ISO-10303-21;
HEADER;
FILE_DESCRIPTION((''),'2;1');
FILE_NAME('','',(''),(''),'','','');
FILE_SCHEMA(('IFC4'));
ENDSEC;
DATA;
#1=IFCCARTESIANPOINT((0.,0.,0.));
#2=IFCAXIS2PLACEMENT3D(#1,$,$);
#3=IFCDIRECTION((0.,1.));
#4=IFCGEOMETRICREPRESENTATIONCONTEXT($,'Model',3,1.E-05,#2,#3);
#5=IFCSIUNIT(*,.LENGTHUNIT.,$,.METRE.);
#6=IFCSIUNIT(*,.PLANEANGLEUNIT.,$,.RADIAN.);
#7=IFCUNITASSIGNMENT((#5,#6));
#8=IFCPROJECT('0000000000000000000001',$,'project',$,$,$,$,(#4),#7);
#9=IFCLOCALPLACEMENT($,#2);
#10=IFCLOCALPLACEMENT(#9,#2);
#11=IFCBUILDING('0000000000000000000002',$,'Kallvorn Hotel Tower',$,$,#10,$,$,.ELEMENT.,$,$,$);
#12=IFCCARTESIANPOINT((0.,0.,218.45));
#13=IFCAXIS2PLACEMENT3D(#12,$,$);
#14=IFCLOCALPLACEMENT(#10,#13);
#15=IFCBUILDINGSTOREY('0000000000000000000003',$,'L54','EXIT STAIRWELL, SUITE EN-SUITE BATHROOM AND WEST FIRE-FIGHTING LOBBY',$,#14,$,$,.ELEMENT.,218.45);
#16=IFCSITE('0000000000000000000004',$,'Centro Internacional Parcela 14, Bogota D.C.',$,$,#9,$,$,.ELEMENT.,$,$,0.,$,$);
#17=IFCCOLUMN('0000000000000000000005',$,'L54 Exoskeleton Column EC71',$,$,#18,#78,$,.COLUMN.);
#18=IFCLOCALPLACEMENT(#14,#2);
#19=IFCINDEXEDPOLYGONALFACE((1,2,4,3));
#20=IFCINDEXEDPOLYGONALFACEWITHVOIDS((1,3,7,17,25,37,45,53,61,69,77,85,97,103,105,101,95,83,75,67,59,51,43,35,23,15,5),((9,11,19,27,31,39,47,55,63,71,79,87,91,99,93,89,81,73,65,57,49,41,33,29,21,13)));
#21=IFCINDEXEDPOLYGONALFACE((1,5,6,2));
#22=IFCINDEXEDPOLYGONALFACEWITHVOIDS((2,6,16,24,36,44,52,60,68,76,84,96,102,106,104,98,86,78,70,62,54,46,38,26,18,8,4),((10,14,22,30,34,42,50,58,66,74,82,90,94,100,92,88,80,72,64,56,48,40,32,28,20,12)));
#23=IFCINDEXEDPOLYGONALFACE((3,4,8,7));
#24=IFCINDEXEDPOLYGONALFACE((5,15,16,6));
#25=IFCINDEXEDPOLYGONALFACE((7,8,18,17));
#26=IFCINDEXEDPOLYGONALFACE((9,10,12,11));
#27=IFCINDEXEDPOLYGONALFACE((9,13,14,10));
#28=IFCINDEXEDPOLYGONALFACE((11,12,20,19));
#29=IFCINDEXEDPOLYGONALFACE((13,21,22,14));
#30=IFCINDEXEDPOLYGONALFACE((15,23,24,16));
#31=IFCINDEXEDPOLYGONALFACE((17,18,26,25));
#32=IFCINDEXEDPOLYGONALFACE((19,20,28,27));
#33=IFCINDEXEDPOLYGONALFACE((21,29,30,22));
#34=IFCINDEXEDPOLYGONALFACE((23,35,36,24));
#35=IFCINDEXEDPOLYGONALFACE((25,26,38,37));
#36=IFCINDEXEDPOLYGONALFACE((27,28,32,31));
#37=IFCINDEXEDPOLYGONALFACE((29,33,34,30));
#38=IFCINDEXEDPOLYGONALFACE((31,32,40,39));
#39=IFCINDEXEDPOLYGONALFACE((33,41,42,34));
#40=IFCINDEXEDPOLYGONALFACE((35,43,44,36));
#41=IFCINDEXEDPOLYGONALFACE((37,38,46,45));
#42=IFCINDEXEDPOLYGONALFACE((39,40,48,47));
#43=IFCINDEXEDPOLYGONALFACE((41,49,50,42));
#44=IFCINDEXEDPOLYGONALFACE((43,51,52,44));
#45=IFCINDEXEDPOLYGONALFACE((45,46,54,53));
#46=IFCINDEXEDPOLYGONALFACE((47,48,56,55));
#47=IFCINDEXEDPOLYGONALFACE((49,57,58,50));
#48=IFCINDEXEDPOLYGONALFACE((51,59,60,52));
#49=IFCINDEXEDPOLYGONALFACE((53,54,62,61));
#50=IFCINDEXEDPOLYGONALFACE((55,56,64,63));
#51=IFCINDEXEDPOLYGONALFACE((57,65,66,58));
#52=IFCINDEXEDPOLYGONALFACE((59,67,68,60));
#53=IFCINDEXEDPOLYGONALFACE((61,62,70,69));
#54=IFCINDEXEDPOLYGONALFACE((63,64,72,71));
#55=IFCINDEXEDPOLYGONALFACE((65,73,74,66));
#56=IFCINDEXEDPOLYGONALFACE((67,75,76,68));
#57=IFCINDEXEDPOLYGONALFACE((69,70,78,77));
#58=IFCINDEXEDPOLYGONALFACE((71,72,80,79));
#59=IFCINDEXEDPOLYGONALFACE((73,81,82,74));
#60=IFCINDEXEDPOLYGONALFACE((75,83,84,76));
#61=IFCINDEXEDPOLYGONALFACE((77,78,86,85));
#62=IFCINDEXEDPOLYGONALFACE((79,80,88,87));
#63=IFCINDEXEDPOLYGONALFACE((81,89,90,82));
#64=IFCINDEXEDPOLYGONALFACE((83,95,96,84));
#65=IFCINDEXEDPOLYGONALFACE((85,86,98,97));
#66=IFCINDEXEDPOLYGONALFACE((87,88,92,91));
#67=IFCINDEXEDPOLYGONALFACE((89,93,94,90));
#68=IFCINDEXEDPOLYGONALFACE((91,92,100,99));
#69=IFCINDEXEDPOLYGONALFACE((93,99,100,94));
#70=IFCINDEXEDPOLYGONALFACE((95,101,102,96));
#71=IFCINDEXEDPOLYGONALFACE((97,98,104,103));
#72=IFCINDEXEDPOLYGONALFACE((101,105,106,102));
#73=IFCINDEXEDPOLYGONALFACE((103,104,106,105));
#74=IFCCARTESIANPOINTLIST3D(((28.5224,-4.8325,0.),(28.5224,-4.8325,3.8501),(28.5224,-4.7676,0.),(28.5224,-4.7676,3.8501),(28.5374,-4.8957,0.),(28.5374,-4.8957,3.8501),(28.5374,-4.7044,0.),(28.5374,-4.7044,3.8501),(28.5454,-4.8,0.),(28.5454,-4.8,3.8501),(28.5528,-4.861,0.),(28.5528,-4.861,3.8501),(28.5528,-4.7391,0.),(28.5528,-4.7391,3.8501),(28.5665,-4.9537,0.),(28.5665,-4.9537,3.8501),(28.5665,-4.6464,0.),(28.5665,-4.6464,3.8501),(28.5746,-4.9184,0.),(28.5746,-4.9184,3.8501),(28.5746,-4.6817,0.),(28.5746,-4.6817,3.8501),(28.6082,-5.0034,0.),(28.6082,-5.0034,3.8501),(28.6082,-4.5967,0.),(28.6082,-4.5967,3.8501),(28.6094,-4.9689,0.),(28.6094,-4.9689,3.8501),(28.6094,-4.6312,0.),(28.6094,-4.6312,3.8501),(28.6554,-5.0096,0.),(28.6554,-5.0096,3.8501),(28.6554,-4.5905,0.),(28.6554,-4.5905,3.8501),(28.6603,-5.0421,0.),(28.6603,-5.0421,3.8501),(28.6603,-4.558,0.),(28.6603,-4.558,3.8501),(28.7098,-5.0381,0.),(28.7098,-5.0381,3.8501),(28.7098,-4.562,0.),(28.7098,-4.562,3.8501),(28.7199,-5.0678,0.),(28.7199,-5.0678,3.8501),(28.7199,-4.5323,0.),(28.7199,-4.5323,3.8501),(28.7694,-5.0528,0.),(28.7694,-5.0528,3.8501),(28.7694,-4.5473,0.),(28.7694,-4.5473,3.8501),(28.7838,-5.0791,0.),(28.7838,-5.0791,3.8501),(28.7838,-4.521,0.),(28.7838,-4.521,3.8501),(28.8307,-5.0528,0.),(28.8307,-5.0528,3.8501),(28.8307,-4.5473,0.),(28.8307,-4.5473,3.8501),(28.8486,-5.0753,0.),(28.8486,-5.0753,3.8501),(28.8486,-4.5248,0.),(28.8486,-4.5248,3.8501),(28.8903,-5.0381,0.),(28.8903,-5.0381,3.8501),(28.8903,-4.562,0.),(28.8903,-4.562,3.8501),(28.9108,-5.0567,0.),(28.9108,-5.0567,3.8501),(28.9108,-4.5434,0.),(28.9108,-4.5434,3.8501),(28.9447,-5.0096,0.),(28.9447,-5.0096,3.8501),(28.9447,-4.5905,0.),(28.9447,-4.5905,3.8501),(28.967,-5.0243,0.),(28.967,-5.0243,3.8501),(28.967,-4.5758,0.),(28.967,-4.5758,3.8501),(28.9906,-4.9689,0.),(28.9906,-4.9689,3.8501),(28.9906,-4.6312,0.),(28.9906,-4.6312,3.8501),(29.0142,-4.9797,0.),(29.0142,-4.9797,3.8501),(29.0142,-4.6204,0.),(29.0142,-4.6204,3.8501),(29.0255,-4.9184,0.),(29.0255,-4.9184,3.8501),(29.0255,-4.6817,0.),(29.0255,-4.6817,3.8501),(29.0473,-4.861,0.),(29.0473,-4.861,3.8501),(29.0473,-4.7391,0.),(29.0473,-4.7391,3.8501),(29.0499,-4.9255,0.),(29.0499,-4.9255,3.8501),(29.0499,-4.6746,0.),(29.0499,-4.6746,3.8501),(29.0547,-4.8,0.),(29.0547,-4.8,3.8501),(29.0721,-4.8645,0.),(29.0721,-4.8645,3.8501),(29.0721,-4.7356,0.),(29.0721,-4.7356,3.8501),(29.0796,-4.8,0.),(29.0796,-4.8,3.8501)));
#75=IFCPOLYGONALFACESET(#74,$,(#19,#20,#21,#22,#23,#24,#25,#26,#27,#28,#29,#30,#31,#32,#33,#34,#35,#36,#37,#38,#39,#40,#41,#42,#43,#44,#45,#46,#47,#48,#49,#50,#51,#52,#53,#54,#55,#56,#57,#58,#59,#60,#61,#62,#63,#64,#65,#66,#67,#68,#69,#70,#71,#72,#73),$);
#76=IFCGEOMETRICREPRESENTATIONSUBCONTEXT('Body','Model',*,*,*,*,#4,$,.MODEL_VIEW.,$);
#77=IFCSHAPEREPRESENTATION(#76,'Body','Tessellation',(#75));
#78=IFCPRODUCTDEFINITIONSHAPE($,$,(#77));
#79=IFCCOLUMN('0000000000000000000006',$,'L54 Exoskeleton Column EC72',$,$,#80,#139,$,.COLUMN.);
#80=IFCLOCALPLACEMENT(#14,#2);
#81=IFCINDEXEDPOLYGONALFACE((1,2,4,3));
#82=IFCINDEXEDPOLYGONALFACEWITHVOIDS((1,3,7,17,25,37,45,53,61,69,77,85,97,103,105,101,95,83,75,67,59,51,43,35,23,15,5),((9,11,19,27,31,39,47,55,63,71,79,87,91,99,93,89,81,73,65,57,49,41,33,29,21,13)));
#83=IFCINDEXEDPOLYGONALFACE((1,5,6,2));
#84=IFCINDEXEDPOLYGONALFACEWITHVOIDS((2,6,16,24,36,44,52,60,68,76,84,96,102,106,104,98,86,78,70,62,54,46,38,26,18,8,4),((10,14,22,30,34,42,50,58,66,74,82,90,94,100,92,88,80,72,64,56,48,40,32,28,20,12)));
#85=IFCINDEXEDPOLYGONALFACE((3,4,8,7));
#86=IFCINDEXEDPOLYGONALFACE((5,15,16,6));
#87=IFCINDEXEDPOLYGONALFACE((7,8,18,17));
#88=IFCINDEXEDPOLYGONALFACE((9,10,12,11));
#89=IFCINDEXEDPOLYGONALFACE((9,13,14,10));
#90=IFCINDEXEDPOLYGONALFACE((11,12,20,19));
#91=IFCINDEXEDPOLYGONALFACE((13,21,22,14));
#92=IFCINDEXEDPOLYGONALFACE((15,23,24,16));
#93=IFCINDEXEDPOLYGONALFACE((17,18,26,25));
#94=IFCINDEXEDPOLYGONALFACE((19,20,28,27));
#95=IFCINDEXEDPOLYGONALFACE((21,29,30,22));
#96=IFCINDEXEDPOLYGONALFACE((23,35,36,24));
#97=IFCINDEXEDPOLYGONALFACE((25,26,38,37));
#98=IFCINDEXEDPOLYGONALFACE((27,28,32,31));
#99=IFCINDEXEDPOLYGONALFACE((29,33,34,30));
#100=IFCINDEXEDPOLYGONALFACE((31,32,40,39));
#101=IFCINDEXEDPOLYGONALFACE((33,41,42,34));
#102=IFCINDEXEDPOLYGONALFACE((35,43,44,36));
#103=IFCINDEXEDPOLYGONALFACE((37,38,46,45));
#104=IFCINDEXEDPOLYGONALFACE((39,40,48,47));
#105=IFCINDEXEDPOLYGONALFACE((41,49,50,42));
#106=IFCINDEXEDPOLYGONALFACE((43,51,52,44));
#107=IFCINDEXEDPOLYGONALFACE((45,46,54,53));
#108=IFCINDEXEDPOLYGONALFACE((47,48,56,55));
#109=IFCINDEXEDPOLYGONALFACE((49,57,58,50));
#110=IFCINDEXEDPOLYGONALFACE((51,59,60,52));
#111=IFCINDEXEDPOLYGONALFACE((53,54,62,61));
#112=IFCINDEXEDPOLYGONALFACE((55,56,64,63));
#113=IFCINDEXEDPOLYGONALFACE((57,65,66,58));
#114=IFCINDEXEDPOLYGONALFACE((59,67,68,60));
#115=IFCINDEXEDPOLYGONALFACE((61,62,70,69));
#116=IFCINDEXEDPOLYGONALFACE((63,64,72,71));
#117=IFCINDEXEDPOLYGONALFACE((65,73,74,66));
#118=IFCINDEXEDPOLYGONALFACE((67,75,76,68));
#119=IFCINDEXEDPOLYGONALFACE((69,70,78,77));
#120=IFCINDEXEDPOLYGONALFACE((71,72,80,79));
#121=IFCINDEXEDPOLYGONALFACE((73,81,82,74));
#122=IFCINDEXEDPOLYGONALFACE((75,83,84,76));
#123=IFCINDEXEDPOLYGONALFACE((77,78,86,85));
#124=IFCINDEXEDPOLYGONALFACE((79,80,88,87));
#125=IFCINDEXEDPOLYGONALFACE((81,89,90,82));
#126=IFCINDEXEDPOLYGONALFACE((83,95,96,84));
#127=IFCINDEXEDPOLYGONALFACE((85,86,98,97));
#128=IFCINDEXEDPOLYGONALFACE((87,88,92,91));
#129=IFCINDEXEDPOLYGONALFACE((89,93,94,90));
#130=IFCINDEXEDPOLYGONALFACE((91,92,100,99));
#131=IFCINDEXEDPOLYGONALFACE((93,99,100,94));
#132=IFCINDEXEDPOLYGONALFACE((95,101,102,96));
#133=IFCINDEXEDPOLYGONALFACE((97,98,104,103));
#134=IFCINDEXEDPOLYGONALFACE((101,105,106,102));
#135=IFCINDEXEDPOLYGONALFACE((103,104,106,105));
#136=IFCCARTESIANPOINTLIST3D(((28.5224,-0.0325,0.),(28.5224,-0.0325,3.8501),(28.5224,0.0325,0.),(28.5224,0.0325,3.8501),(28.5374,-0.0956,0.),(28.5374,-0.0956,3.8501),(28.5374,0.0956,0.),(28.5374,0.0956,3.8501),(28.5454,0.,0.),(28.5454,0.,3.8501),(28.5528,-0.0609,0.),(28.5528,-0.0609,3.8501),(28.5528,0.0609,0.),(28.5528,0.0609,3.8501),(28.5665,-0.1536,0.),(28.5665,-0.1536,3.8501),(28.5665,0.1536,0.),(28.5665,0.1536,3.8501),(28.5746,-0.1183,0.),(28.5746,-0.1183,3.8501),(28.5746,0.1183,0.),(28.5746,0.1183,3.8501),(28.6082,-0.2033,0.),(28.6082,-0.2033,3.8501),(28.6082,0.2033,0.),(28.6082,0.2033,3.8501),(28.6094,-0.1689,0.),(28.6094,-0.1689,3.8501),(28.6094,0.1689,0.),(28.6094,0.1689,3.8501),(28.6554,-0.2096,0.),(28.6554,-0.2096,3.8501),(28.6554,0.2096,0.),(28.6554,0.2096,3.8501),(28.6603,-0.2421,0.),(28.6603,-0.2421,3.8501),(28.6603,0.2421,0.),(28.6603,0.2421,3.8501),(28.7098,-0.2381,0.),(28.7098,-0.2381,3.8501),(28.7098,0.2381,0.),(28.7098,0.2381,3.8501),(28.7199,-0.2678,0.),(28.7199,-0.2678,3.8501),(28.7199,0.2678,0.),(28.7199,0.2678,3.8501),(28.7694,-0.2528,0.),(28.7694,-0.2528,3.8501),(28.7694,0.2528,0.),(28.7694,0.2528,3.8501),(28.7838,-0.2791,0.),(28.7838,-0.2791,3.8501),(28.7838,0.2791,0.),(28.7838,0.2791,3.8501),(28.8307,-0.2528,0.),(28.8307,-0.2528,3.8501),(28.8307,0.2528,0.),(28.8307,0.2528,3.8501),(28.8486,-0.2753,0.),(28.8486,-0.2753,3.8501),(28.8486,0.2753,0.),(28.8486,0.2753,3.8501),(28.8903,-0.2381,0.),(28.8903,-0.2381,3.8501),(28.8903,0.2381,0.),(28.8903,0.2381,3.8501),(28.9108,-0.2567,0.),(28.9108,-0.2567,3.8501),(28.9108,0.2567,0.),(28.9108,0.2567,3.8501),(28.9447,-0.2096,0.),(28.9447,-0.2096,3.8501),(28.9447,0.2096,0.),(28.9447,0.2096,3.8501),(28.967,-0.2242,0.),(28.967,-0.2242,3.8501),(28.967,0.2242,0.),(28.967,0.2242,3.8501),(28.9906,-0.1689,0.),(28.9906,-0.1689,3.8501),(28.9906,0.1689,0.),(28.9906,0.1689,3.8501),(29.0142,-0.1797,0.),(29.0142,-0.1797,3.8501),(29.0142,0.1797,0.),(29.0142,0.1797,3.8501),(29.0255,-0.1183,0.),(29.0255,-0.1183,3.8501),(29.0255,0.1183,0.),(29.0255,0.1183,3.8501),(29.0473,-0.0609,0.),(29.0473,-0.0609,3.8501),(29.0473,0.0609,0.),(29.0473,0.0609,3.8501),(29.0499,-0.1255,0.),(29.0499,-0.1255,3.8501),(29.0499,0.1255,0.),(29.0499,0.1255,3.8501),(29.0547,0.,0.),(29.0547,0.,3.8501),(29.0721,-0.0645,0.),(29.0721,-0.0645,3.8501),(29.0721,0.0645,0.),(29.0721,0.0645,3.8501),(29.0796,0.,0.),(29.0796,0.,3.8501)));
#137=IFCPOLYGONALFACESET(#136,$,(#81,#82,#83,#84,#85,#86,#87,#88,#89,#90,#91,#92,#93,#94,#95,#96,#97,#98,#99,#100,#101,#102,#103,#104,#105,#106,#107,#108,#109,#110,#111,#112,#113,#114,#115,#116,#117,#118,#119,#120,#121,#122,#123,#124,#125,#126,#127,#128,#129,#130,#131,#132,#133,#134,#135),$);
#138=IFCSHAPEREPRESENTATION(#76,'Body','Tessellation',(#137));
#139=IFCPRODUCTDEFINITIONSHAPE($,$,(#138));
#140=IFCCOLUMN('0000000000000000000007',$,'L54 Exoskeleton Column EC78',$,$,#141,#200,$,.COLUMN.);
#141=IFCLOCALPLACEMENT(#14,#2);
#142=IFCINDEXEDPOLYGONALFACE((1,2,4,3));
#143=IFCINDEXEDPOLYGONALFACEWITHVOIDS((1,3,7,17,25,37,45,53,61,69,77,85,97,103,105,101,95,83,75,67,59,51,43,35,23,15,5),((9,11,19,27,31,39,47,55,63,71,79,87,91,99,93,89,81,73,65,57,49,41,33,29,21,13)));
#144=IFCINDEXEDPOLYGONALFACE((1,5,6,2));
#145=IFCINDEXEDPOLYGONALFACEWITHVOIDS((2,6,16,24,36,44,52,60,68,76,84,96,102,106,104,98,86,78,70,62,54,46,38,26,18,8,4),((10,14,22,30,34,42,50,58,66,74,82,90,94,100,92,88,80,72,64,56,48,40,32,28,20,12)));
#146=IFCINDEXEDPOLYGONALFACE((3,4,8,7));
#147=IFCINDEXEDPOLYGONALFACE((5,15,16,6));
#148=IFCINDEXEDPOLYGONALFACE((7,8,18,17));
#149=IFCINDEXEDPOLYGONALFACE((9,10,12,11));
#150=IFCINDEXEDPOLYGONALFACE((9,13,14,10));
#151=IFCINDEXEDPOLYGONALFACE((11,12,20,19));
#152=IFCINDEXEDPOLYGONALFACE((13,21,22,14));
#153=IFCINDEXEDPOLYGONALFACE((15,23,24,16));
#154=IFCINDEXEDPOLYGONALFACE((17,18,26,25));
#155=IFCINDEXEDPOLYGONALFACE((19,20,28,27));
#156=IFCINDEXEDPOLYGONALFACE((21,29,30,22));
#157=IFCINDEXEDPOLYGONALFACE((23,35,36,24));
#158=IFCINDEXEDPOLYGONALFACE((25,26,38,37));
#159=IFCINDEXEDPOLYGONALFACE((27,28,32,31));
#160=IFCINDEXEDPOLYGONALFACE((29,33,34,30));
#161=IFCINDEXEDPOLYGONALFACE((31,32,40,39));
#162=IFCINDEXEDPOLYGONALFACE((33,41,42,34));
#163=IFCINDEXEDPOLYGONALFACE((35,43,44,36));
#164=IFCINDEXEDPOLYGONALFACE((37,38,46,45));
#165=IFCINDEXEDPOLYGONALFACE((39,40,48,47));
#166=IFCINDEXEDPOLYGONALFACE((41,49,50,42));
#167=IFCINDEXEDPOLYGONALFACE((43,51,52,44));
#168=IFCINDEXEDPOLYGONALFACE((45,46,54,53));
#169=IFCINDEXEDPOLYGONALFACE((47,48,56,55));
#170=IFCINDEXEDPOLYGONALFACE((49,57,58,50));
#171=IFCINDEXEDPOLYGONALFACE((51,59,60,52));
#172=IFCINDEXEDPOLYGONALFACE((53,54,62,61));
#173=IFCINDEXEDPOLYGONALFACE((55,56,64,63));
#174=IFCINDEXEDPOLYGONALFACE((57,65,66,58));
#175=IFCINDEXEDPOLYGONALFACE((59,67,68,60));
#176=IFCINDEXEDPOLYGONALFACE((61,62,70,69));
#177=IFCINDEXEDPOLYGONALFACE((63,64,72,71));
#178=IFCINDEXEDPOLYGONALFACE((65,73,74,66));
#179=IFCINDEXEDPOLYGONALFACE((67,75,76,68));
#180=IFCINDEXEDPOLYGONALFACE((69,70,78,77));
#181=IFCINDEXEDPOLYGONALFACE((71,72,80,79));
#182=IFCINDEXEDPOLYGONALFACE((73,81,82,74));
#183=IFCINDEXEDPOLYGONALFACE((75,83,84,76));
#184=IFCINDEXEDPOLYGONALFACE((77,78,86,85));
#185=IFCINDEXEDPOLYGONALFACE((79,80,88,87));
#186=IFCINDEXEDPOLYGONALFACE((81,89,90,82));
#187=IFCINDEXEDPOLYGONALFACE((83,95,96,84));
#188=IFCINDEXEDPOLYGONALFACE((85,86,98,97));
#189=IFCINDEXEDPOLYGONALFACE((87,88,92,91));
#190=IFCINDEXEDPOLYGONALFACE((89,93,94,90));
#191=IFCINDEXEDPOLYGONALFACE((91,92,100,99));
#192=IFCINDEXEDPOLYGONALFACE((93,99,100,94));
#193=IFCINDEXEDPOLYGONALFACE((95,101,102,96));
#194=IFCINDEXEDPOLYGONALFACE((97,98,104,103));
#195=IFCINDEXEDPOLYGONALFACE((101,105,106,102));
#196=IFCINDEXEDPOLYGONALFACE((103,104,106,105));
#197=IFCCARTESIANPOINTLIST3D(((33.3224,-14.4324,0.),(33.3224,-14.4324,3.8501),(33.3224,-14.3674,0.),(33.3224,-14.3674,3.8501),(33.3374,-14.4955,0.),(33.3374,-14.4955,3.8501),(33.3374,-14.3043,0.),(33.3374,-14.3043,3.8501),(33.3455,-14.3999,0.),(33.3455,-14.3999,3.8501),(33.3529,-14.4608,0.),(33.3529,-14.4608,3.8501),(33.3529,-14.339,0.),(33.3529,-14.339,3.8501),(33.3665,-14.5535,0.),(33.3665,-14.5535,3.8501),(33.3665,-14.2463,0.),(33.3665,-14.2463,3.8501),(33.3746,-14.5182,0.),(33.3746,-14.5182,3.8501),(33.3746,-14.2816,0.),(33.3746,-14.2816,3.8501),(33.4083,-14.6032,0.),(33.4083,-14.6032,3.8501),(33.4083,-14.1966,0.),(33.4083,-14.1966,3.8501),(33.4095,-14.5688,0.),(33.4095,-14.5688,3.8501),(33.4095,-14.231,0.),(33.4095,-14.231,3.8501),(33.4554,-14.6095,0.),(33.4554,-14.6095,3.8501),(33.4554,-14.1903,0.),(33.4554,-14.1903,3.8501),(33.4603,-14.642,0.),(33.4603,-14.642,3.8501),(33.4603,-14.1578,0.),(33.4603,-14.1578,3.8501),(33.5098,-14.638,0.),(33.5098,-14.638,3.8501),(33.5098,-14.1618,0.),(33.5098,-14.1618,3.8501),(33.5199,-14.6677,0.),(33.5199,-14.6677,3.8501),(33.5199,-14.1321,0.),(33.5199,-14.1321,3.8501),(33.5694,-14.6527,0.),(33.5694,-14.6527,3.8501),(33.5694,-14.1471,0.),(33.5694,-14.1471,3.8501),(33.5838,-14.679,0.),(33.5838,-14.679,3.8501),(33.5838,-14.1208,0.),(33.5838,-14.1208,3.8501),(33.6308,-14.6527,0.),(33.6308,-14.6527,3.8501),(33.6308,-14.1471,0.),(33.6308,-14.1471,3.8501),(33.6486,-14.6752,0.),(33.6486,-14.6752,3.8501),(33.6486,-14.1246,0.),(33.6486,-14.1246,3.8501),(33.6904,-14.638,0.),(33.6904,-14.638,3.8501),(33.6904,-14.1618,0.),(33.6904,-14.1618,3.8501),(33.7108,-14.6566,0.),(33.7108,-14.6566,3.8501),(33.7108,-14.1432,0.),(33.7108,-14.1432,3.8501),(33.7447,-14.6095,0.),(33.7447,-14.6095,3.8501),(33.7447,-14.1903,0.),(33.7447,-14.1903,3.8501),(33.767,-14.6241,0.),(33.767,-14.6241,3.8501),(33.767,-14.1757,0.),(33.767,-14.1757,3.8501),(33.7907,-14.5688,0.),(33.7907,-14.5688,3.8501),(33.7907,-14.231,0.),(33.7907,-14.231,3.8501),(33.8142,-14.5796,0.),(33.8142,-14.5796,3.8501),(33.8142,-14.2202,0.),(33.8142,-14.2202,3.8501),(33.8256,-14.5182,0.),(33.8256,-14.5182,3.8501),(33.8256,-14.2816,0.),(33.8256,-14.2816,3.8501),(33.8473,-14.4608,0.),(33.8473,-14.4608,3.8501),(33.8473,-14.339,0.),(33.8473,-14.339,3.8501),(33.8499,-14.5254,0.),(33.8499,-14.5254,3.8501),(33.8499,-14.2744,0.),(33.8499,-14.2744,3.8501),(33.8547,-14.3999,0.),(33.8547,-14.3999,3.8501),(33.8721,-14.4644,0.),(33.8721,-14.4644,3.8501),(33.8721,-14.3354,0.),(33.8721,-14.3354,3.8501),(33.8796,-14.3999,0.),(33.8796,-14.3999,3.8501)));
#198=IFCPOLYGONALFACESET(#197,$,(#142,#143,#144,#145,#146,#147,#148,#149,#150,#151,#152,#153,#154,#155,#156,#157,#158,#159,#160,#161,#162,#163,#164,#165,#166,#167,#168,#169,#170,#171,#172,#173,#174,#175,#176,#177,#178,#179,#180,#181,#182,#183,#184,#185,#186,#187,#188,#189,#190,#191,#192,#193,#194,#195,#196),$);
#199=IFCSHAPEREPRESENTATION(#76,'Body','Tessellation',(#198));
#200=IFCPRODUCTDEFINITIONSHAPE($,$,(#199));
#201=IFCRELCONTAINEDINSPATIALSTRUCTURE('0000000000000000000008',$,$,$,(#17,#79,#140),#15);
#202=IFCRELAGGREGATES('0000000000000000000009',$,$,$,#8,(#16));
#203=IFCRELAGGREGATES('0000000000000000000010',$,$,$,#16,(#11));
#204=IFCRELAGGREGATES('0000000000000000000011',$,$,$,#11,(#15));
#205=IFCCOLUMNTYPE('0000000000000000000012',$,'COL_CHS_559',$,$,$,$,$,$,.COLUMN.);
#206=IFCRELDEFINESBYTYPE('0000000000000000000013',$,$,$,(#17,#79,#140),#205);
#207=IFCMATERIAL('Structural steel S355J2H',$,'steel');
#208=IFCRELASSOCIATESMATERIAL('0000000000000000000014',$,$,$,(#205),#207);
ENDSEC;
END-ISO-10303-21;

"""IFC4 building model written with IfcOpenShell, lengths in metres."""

from ifc_helpers import new_model, si_unit, direction, frame, origin, origin_2d, place, context, subcontext, project, spatial, hollow_circle, extrude, material, material_profile, profile_set, type_object, element, save


model = new_model("IFC4")

# Units and contexts
model_context = context("Model", 3, precision=1e-05, world=origin(), true_north=direction((0.0, 1.0)))
body_context = subcontext(model_context, "Body", "Model", "MODEL_VIEW")
ifc_project = project(units=[si_unit("LENGTHUNIT", "METRE"), si_unit("PLANEANGLEUNIT", "RADIAN")], contexts=[model_context])

# Site, building, storey
site_placement = place(None, origin())
site = spatial("IfcSite", under=ifc_project, at=site_placement, Name="Centro Internacional Parcela 14, Bogota D.C.", CompositionType="ELEMENT", RefElevation=0.0)
building_placement = place(site_placement, origin())
building = spatial("IfcBuilding", under=site, at=building_placement, Name="Kallvorn Hotel Tower", CompositionType="ELEMENT")
storey_placement = place(building_placement, frame((0.0, 0.0, 218.45)))
storey = spatial("IfcBuildingStorey", under=building, at=storey_placement, Name="L54", Description="EXIT STAIRWELL, SUITE EN-SUITE BATHROOM AND WEST FIRE-FIGHTING LOBBY", CompositionType="ELEMENT", Elevation=218.45)

# Columns
ifc_material_1 = material(Name="Structural steel S355J2H", Category="steel")
ifc_material_profile_1 = material_profile(ifc_material_1, hollow_circle(Radius=0.2795, WallThickness=0.0249, at=origin_2d()), Name="CHS 559x25")
ifc_profile_set_1 = profile_set([ifc_material_profile_1], Name="Structural steel S355J2H")
column_type_1 = type_object("IfcColumnType", Name="COL_CHS_559", PredefinedType="COLUMN", material=ifc_profile_set_1)
for number, where, z_axis, x_axis, name in (
    (1, (28.8, -4.8, 0.0), (0.0, 0.0, 1.0), (1.0, 0.0, 0.0), "L54 Exoskeleton Column EC71"),
    (2, (28.8, 0.0, 0.0), (0.0, 0.0, 1.0), (1.0, 0.0, 0.0), "L54 Exoskeleton Column EC72"),
    (3, (33.6001, -14.3999, 0.0), (0.0, 0.0, 1.0), (1.0, 0.0, 0.0), "L54 Exoskeleton Column EC78"),
):
    element("IfcColumn", number, at=place(storey_placement, frame(where, z_axis=z_axis, x_axis=x_axis)), inside=storey, type_object=column_type_1, Name=name, PredefinedType="COLUMN", context=body_context, shape_type="SweptSolid", body=[
        extrude(hollow_circle(Radius=0.2795, WallThickness=0.0249, at=origin_2d()), origin(), (0.0, 0.0, 1.0), 3.8501),
    ])

save(model, "model.ifc")
